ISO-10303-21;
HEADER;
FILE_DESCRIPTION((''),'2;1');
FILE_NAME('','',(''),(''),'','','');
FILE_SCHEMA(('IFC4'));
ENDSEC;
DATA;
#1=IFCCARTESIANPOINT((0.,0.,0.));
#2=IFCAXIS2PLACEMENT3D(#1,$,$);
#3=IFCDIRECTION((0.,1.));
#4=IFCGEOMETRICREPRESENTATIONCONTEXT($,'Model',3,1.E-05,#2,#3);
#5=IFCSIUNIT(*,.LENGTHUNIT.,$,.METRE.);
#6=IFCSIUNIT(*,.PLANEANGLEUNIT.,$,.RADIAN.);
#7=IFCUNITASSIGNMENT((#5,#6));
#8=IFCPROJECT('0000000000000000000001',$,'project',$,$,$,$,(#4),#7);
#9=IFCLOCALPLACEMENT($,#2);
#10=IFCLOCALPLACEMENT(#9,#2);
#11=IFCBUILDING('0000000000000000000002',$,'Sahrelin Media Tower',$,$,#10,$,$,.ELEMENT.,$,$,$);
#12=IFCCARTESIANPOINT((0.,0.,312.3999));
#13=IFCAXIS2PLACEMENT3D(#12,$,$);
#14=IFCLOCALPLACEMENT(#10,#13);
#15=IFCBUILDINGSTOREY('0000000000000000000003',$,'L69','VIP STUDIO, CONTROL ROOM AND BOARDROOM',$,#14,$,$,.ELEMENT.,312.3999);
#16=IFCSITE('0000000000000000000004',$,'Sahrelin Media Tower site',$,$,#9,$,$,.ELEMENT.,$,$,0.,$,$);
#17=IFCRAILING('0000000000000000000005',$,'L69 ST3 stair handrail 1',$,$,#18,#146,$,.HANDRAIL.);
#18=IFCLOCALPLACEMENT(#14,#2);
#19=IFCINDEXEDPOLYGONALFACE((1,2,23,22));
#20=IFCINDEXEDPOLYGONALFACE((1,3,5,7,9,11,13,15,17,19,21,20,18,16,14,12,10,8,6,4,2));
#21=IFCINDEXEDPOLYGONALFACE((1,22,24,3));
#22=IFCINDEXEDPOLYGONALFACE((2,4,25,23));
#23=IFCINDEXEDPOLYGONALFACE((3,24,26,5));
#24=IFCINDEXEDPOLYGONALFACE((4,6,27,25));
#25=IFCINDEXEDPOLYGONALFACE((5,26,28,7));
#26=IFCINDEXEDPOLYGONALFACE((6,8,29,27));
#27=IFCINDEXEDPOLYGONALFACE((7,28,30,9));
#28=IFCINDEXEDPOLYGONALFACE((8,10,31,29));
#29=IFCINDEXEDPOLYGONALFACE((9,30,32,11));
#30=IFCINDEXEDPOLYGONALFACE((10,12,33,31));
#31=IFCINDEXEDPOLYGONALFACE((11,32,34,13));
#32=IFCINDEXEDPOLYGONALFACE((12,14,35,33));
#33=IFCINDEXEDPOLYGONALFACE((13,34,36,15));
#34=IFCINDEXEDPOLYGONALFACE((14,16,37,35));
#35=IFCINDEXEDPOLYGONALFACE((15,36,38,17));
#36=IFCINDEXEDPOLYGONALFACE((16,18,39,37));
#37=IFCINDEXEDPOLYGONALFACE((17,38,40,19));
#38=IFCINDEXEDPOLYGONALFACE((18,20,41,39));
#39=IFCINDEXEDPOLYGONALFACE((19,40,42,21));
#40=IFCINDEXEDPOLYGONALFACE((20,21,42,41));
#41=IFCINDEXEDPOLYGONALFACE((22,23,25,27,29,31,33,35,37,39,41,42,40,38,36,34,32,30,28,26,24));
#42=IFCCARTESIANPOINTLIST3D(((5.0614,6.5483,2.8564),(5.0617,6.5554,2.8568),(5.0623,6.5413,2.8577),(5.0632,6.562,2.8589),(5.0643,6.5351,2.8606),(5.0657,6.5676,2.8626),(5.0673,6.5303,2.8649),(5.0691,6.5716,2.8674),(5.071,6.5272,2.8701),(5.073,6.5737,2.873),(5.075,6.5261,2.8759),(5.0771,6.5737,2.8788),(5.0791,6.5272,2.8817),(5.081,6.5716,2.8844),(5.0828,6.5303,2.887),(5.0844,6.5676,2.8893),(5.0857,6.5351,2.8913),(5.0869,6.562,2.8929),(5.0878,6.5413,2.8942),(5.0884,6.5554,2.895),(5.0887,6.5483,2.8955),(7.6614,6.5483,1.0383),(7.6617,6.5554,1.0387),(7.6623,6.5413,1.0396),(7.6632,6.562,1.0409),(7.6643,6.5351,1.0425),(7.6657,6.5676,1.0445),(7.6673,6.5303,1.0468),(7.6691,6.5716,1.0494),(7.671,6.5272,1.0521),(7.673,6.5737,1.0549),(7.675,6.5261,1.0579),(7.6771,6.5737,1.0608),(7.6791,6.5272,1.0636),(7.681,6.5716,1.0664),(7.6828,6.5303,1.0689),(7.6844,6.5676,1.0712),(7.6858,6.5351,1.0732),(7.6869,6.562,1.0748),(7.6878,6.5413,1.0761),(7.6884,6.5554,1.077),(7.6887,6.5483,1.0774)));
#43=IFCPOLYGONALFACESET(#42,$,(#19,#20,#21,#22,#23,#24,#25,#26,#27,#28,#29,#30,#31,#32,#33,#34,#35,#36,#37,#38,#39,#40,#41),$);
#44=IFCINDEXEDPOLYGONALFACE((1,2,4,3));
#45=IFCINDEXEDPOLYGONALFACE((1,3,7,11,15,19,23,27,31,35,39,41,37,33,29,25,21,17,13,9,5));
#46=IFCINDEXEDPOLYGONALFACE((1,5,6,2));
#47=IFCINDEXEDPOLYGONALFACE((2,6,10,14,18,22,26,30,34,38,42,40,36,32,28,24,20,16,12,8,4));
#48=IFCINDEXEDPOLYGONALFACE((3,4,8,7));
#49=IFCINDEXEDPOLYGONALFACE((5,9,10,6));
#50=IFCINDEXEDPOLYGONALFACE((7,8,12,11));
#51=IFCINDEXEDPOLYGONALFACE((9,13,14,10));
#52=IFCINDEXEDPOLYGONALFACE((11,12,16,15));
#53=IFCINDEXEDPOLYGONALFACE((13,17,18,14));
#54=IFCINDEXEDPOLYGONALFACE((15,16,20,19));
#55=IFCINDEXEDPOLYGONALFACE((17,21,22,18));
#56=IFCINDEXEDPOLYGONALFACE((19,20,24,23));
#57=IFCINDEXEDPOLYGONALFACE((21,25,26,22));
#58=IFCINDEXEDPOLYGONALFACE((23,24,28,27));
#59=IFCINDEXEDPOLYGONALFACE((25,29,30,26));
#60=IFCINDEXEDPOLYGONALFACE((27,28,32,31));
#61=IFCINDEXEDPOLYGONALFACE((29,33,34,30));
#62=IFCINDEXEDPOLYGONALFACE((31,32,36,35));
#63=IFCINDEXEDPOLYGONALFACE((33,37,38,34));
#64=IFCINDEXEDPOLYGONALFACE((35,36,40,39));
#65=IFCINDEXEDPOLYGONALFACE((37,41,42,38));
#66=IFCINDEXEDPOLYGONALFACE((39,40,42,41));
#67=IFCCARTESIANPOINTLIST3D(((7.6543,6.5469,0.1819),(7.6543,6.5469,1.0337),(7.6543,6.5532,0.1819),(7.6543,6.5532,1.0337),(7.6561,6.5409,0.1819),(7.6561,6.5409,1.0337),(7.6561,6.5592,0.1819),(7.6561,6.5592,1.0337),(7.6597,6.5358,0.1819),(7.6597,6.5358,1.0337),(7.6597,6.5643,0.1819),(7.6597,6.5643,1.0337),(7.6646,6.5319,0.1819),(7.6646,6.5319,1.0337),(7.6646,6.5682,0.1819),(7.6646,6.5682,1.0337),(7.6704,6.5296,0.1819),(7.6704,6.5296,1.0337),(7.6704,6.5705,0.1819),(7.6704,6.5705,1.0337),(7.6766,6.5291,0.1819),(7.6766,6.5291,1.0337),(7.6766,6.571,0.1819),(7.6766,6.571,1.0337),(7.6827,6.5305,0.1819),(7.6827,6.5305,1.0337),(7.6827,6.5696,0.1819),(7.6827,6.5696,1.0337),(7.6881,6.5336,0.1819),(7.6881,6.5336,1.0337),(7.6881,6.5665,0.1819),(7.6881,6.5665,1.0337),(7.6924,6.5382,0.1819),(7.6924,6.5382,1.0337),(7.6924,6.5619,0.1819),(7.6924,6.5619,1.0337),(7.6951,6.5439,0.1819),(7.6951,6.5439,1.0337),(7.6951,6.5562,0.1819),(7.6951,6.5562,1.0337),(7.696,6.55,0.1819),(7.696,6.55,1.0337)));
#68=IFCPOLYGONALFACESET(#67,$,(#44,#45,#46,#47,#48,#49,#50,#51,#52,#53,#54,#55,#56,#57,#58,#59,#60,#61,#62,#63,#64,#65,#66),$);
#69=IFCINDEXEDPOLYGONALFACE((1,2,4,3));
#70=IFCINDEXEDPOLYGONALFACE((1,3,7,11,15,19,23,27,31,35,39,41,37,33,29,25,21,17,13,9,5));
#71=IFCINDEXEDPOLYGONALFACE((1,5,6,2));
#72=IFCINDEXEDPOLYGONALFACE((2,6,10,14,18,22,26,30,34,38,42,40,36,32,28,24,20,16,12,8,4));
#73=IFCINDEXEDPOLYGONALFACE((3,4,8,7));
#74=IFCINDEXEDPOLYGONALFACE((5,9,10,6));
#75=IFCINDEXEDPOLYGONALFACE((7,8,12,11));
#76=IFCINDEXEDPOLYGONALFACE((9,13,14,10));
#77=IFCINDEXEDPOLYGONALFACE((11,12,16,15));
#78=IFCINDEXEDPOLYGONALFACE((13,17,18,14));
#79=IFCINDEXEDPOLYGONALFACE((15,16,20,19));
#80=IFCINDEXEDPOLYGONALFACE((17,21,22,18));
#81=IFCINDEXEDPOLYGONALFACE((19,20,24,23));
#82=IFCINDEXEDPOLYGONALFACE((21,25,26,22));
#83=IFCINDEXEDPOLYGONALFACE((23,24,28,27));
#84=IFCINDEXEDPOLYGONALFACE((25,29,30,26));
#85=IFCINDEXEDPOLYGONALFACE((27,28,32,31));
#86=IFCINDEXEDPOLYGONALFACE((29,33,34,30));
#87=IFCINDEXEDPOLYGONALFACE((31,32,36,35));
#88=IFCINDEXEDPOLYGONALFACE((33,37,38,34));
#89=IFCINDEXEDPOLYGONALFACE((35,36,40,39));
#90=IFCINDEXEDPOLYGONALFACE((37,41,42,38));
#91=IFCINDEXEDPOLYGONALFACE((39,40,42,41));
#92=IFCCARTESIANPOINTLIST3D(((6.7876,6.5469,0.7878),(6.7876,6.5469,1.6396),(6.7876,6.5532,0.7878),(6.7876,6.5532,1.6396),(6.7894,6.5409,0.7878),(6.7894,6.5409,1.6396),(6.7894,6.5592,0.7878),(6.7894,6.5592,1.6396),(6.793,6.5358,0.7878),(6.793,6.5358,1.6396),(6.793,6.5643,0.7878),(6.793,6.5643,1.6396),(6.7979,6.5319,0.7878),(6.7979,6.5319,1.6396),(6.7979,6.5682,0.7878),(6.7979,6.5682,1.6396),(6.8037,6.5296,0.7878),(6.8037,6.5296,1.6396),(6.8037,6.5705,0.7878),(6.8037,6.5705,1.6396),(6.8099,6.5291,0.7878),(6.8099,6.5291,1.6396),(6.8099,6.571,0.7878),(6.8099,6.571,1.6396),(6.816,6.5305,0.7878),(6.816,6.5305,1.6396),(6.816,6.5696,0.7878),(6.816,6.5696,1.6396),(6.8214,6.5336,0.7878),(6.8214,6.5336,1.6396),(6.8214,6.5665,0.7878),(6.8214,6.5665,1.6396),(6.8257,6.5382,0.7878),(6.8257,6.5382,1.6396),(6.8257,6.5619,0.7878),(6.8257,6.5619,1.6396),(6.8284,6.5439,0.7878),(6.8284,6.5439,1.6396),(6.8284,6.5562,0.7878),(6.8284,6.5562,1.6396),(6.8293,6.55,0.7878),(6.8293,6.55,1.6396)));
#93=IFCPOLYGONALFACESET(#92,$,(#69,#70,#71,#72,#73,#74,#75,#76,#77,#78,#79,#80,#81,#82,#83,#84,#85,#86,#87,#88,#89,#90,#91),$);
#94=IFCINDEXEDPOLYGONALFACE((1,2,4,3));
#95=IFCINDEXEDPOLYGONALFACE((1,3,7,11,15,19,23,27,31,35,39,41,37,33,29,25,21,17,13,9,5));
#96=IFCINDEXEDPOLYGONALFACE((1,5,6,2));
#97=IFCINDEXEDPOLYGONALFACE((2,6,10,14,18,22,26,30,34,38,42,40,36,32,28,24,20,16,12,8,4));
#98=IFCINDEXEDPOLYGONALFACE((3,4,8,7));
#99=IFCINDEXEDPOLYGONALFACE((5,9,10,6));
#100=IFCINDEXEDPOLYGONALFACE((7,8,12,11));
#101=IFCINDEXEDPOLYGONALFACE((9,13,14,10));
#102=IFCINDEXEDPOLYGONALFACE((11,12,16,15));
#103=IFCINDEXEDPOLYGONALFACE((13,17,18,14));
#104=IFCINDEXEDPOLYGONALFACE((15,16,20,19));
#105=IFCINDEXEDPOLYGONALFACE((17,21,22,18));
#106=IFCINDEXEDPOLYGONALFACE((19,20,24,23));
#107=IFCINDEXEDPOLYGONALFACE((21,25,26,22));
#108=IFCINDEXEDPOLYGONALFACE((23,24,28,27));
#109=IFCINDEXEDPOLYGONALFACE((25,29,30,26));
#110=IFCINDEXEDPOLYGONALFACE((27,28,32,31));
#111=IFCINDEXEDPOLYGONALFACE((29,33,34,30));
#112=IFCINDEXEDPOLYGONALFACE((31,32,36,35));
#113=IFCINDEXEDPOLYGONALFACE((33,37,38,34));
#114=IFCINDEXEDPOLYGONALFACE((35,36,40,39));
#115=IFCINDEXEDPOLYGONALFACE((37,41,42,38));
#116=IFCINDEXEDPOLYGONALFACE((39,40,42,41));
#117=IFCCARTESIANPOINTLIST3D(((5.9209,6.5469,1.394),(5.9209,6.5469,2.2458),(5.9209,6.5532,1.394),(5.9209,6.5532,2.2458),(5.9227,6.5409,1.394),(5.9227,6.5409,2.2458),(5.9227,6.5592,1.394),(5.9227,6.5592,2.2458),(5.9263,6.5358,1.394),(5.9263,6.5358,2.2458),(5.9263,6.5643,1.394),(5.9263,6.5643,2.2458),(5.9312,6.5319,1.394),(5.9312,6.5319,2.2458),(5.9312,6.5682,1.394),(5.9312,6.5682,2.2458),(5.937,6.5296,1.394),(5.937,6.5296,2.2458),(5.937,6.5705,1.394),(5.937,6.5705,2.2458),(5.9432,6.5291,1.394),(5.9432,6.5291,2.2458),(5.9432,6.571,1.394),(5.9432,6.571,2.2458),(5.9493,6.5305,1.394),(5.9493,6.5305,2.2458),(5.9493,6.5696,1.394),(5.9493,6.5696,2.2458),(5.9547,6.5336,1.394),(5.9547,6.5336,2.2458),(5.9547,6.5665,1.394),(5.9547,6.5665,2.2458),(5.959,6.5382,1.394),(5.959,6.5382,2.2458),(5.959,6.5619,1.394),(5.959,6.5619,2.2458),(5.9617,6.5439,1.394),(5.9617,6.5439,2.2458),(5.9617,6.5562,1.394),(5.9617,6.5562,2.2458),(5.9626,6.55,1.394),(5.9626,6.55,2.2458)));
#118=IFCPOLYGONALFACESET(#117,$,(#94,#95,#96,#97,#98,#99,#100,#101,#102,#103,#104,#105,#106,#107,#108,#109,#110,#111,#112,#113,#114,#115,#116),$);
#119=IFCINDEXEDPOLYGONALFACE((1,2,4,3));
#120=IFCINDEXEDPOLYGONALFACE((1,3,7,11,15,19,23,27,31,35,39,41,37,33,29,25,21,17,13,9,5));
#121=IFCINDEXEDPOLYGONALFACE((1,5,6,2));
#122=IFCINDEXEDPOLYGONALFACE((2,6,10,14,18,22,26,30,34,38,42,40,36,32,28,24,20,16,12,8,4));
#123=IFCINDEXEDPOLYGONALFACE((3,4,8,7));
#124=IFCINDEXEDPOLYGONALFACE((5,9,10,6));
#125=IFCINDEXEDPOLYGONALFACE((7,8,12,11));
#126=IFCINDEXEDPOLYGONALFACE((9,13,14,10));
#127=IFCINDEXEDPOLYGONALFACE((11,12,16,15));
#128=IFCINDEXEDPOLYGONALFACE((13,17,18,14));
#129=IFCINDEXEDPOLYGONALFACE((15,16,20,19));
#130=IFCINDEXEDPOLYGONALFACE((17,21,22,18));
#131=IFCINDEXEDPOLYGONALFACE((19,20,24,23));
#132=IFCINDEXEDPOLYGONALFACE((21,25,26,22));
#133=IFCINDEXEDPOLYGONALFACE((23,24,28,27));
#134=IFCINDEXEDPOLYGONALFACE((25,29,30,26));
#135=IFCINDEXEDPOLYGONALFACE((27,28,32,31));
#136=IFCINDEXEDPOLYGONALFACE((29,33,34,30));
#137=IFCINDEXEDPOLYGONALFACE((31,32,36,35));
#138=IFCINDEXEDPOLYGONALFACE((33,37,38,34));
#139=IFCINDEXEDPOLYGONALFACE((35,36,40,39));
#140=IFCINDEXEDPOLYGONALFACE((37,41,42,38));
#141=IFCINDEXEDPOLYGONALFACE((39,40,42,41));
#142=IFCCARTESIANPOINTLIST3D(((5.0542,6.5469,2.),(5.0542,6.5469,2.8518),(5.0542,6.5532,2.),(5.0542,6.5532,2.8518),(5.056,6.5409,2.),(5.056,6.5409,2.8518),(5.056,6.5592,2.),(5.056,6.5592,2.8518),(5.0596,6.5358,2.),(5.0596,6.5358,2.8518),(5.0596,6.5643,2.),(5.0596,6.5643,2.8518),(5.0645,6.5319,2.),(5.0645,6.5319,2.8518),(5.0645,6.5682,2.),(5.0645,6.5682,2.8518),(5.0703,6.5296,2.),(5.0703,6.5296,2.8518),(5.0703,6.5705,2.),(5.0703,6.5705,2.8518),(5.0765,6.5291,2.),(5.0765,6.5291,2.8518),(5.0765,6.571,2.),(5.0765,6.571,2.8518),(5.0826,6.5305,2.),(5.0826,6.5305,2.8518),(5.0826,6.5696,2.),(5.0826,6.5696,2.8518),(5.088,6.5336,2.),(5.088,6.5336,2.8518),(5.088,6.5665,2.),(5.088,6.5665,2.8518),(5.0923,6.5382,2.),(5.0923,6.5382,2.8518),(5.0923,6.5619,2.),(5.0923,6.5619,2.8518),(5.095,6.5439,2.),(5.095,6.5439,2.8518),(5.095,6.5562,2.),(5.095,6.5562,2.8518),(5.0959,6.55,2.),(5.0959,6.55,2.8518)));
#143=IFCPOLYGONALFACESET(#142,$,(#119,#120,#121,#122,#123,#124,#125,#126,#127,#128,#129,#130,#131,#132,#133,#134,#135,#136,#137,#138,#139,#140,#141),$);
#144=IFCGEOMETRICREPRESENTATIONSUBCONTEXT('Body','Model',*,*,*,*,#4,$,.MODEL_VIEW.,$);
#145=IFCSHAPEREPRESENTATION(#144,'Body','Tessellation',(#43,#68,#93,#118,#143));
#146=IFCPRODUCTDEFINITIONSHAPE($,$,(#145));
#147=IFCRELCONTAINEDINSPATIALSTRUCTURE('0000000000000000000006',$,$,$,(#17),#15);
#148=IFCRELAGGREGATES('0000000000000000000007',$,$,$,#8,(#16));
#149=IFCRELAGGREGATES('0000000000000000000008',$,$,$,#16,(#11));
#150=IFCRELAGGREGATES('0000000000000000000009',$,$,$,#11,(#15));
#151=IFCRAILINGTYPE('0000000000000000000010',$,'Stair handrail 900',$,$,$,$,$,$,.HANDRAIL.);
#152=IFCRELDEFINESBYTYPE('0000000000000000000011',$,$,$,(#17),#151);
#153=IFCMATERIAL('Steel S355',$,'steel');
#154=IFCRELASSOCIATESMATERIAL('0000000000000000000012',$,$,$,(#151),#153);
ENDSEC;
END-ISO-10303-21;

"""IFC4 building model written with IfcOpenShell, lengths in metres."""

from ifc_helpers import new_model, si_unit, direction, frame, origin, origin_2d, place, context, subcontext, project, spatial, circle, extrude, material, type_object, element, save


model = new_model("IFC4")

# Units and contexts
model_context = context("Model", 3, precision=1e-05, world=origin(), true_north=direction((0.0, 1.0)))
body_context = subcontext(model_context, "Body", "Model", "MODEL_VIEW")
ifc_project = project(units=[si_unit("LENGTHUNIT", "METRE"), si_unit("PLANEANGLEUNIT", "RADIAN")], contexts=[model_context])

# Site, building, storey
site_placement = place(None, origin())
site = spatial("IfcSite", under=ifc_project, at=site_placement, Name="Sahrelin Media Tower site", CompositionType="ELEMENT", RefElevation=0.0)
building_placement = place(site_placement, origin())
building = spatial("IfcBuilding", under=site, at=building_placement, Name="Sahrelin Media Tower", CompositionType="ELEMENT")
storey_placement = place(building_placement, frame((0.0, 0.0, 312.3999)))
storey = spatial("IfcBuildingStorey", under=building, at=storey_placement, Name="L69", Description="VIP STUDIO, CONTROL ROOM AND BOARDROOM", CompositionType="ELEMENT", Elevation=312.3999)

# Shared definitions
ifc_material_1 = material(Name="Steel S355", Category="steel")

# Railing
railing_type_1 = type_object("IfcRailingType", Name="Stair handrail 900", PredefinedType="HANDRAIL", material=ifc_material_1)
railing_1_placement = place(storey_placement, frame((7.675, 6.55, 0.1819)))
element("IfcRailing", 1, at=railing_1_placement, inside=storey, type_object=railing_type_1, Name="L69 ST3 stair handrail 1", PredefinedType="HANDRAIL", context=body_context, shape_type="SweptSolid", body=[
    extrude(circle(Radius=0.0239, at=origin_2d()), frame((0.0, 0.0, 0.876), z_axis=(-0.819521, 0.0, 0.573049), x_axis=(0.0, -1.0, 0.0)), (0.0, 0.0, 1.0), 3.1726),
    extrude(circle(Radius=0.021, at=origin_2d()), origin(), (0.0, 0.0, 1.0), 0.8518),
    extrude(circle(Radius=0.021, at=origin_2d()), frame((-0.8667, 0.0, 0.606)), (0.0, 0.0, 1.0), 0.8518),
    extrude(circle(Radius=0.021, at=origin_2d()), frame((-1.7334, 0.0, 1.2122)), (0.0, 0.0, 1.0), 0.8518),
    extrude(circle(Radius=0.021, at=origin_2d()), frame((-2.6001, 0.0, 1.8181)), (0.0, 0.0, 1.0), 0.8518),
])

save(model, "model.ifc")
